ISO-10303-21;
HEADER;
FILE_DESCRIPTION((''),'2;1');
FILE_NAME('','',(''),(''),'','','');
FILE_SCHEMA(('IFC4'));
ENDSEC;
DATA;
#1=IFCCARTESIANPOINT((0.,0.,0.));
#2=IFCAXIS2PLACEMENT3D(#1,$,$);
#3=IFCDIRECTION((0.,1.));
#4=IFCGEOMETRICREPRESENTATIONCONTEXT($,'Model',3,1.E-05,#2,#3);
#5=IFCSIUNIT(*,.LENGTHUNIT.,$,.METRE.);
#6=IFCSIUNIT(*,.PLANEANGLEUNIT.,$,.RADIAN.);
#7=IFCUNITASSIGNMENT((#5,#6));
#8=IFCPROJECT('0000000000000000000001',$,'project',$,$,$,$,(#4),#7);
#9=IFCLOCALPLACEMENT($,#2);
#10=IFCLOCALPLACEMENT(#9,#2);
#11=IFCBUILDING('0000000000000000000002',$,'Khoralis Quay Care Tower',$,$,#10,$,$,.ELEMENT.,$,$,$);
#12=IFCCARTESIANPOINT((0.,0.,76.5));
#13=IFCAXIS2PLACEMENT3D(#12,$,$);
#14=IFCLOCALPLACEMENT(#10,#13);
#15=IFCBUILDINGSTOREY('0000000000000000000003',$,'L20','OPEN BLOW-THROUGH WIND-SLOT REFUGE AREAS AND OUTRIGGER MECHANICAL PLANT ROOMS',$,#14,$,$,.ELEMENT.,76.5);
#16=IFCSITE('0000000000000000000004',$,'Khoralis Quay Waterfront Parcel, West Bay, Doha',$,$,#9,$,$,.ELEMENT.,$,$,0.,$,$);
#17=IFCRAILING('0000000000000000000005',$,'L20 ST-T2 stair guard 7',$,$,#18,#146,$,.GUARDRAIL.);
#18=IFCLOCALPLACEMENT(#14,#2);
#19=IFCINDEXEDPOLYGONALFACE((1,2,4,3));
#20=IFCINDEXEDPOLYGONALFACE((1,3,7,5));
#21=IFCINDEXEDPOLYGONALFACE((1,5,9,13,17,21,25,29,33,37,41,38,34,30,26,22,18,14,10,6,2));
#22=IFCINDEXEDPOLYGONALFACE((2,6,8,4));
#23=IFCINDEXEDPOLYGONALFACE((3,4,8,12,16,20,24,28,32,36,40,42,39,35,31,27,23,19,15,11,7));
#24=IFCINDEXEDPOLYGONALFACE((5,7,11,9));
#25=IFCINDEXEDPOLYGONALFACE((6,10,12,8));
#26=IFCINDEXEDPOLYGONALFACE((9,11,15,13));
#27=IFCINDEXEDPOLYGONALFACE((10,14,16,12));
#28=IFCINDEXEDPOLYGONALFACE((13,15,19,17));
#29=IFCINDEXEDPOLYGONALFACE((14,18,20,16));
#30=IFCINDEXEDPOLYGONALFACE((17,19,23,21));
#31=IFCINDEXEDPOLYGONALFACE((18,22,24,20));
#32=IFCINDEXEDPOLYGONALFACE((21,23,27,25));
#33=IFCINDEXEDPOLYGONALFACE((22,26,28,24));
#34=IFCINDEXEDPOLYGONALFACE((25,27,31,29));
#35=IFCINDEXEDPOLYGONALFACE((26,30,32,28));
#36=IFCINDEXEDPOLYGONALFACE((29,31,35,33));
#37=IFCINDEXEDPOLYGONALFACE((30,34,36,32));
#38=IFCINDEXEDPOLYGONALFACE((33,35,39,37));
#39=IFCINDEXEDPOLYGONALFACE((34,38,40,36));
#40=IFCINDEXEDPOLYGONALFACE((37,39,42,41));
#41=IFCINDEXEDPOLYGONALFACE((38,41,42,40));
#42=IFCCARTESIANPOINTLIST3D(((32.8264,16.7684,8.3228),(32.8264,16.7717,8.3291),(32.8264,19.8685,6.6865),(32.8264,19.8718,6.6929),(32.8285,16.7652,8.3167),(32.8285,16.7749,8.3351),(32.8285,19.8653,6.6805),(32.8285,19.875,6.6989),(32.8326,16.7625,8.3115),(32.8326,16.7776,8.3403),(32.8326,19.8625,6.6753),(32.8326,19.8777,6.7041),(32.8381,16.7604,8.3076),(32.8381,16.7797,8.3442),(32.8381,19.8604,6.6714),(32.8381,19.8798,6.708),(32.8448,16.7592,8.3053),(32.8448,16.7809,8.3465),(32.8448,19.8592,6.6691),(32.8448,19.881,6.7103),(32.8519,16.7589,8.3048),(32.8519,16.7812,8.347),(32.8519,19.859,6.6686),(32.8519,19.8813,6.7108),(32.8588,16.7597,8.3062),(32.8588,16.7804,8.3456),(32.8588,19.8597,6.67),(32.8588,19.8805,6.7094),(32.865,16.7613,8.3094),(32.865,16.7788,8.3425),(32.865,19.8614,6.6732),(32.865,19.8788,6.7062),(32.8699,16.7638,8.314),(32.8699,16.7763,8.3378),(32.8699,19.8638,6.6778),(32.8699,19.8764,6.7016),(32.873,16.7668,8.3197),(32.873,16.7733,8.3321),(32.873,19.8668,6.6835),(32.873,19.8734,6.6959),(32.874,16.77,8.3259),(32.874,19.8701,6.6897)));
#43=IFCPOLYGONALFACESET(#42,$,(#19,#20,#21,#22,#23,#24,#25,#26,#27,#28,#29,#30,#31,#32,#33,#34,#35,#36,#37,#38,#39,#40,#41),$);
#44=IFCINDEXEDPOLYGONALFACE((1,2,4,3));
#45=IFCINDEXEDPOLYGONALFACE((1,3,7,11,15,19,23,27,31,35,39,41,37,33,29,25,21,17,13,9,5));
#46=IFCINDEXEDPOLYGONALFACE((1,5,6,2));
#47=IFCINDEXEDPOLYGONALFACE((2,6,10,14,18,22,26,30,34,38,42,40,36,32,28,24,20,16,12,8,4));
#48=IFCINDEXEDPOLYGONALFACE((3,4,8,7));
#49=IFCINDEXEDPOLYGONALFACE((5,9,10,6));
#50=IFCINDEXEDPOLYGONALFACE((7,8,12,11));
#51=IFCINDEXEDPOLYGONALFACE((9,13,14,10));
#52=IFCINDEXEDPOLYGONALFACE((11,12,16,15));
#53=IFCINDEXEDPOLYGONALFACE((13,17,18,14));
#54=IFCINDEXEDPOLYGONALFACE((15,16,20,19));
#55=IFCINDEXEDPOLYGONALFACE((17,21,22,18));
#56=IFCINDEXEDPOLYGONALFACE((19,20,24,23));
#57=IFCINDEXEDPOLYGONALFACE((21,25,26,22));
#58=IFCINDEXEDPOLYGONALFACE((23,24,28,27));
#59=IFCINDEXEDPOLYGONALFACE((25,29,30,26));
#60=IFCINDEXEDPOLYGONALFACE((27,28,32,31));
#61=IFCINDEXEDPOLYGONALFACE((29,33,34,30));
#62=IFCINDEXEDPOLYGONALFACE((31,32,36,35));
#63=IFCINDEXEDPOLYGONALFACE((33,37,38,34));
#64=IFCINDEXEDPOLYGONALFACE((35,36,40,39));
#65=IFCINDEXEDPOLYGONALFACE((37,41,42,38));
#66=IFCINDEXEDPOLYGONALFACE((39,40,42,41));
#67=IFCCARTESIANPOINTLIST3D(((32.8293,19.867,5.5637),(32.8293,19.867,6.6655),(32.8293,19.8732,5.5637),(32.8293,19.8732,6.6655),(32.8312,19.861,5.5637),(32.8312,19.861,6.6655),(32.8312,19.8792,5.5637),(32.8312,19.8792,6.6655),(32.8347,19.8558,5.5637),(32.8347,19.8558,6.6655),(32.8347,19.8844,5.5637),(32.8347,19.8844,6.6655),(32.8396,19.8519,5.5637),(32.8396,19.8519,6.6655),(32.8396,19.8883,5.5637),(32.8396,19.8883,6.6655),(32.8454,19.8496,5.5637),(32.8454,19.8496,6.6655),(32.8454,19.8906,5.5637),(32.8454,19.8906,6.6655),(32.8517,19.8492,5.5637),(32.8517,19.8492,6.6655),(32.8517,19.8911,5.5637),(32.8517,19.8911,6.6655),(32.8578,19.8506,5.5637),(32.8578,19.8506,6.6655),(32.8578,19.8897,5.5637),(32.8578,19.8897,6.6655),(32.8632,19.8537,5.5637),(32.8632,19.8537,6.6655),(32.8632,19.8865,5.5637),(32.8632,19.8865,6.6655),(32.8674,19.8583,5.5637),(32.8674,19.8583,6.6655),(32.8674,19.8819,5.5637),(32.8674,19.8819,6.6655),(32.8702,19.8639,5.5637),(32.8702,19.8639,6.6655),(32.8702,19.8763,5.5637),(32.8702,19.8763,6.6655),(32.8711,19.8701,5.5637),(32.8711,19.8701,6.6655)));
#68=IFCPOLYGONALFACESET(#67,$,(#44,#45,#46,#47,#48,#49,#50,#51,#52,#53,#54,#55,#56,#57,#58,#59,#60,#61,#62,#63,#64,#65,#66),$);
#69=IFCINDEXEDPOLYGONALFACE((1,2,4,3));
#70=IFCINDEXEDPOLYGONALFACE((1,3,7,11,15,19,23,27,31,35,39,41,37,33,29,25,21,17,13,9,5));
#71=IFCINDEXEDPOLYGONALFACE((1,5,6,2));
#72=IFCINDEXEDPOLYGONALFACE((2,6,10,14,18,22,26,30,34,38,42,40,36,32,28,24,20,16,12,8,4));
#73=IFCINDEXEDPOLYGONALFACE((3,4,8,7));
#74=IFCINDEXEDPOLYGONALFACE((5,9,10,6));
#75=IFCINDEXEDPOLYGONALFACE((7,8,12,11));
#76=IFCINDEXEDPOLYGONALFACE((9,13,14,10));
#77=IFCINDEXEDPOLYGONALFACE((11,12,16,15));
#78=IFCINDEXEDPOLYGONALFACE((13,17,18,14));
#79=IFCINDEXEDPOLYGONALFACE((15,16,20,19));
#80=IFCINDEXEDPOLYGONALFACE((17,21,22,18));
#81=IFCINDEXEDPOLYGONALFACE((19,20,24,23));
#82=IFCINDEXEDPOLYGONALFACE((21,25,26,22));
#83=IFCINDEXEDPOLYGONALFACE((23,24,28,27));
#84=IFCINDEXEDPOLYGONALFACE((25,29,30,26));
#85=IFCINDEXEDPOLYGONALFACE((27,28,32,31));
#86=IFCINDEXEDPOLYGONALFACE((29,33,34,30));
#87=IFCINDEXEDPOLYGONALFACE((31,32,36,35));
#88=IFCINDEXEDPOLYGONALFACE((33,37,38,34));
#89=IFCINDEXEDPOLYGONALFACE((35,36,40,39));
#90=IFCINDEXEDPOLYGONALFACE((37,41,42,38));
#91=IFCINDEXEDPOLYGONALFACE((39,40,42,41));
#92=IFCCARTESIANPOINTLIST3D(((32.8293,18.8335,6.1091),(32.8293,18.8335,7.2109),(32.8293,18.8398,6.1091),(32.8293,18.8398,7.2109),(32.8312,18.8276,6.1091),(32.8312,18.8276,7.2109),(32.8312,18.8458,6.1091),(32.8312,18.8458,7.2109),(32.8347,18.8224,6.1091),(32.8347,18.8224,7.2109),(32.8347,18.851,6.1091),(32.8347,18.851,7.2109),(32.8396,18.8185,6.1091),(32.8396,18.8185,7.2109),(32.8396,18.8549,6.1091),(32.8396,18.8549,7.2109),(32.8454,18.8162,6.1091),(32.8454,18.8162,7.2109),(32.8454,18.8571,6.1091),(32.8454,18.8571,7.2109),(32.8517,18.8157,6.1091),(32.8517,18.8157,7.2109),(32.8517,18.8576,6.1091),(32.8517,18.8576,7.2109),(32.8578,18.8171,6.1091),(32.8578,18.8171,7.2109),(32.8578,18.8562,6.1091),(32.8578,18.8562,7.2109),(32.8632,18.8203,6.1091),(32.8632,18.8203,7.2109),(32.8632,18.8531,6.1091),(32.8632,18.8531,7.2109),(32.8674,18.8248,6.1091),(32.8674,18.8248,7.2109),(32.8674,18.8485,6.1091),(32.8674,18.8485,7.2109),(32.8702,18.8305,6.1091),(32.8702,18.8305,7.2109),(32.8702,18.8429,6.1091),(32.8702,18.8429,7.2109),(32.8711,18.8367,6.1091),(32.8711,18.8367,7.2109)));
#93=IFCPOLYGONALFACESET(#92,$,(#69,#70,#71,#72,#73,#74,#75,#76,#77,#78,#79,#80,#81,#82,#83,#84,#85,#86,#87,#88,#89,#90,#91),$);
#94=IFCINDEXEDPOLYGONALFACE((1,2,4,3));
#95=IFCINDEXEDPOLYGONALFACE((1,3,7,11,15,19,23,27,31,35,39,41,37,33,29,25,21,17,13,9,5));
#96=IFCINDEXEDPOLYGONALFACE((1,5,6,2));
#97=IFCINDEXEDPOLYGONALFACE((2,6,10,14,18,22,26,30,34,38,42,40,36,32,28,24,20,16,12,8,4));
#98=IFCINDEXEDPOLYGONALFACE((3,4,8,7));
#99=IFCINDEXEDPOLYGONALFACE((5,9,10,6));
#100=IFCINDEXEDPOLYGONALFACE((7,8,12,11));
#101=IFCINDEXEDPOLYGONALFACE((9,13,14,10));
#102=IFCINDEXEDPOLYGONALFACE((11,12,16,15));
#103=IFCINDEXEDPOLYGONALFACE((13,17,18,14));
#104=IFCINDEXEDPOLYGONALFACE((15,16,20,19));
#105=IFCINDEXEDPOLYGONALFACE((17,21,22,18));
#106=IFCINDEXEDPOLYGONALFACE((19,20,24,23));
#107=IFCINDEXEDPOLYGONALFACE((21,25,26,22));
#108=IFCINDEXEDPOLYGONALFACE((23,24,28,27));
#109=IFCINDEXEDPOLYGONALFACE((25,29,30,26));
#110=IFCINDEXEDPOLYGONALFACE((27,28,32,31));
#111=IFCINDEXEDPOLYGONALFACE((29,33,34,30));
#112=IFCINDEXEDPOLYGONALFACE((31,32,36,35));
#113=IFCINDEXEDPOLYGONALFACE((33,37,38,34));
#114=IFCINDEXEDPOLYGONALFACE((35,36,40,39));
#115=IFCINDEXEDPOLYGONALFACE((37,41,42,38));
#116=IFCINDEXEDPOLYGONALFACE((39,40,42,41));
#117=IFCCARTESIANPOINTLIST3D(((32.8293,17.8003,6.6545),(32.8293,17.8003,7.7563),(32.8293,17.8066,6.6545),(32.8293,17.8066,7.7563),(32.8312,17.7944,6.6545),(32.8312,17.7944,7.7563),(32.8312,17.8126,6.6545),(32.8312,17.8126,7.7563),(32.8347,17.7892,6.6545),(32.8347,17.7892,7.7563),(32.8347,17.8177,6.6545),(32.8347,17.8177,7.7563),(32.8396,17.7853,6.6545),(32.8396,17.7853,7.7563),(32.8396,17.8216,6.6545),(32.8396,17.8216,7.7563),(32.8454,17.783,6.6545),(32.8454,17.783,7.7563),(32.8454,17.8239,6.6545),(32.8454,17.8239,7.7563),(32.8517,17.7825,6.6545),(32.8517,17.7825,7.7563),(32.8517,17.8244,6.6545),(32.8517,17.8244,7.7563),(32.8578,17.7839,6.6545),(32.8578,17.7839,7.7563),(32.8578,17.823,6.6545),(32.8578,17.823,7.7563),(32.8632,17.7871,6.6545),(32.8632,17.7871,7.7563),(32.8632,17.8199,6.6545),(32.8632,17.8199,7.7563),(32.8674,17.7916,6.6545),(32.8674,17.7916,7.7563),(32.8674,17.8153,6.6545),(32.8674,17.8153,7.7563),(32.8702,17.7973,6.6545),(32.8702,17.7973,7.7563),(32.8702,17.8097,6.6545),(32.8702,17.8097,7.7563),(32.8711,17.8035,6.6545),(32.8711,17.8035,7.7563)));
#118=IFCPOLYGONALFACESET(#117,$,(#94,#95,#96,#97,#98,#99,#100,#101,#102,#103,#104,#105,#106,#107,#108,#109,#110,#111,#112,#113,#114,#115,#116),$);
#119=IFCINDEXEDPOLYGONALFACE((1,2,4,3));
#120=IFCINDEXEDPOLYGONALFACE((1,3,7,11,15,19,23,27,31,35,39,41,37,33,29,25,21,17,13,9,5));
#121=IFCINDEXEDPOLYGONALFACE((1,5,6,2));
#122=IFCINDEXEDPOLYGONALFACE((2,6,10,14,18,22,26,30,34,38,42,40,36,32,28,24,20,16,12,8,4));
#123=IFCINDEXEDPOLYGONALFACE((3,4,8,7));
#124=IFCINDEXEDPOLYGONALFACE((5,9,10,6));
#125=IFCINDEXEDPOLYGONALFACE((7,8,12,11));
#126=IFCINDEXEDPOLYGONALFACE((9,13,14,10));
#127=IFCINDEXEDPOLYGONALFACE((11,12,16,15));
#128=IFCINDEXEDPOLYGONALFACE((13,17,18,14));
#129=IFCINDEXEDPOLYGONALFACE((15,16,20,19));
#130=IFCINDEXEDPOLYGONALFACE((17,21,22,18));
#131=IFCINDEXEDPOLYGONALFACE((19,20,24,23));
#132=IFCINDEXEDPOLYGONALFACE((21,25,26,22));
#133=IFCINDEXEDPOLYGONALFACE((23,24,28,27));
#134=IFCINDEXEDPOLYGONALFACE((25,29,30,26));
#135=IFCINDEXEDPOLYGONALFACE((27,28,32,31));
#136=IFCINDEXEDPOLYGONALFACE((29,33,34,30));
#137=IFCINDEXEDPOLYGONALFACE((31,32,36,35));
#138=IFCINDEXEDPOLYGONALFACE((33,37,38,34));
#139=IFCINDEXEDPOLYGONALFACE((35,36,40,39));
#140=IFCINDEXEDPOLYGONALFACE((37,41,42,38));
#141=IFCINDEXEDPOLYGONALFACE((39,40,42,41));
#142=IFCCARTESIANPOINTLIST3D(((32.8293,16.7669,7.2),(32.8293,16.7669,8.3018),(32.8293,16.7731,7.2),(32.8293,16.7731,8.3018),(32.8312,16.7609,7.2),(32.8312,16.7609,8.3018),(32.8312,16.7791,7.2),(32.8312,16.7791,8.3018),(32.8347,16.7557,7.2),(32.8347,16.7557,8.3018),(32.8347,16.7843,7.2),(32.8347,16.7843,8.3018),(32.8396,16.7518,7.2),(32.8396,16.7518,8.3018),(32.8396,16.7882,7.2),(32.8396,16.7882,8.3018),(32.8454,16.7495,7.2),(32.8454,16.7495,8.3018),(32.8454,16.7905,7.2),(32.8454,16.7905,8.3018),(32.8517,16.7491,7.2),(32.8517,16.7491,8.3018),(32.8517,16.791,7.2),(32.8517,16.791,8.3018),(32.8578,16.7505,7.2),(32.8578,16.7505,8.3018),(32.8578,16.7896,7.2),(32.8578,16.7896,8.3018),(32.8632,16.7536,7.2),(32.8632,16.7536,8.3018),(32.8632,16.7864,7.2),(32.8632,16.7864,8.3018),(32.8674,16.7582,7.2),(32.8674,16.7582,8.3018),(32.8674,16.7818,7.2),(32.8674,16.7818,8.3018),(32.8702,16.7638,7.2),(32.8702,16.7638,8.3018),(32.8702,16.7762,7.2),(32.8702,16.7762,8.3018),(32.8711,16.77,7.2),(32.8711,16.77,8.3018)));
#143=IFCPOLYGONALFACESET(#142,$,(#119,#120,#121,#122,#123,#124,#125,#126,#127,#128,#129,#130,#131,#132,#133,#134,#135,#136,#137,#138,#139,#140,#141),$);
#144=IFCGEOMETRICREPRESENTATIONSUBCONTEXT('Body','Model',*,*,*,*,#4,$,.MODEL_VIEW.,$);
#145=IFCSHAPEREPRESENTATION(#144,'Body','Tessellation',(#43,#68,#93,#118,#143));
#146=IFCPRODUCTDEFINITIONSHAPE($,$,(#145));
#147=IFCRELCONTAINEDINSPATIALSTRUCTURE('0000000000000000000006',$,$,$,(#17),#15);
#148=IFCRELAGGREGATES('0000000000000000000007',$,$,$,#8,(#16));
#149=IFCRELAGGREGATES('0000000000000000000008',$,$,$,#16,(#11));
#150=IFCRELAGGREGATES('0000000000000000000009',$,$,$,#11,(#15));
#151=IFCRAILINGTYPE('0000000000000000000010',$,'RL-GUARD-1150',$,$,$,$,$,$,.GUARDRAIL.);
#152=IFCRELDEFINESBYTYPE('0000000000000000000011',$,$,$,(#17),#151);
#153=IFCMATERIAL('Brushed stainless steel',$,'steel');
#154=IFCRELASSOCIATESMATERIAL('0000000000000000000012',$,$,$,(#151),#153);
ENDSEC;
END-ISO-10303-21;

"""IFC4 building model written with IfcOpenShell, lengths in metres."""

from ifc_helpers import new_model, si_unit, direction, frame, origin, origin_2d, place, context, subcontext, project, spatial, circle, extrude, material, type_object, element, save


model = new_model("IFC4")

# Units and contexts
model_context = context("Model", 3, precision=1e-05, world=origin(), true_north=direction((0.0, 1.0)))
body_context = subcontext(model_context, "Body", "Model", "MODEL_VIEW")
ifc_project = project(units=[si_unit("LENGTHUNIT", "METRE"), si_unit("PLANEANGLEUNIT", "RADIAN")], contexts=[model_context])

# Site, building, storey
site_placement = place(None, origin())
site = spatial("IfcSite", under=ifc_project, at=site_placement, Name="Khoralis Quay Waterfront Parcel, West Bay, Doha", CompositionType="ELEMENT", RefElevation=0.0)
building_placement = place(site_placement, origin())
building = spatial("IfcBuilding", under=site, at=building_placement, Name="Khoralis Quay Care Tower", CompositionType="ELEMENT")
storey_placement = place(building_placement, frame((0.0, 0.0, 76.5)))
storey = spatial("IfcBuildingStorey", under=building, at=storey_placement, Name="L20", Description="OPEN BLOW-THROUGH WIND-SLOT REFUGE AREAS AND OUTRIGGER MECHANICAL PLANT ROOMS", CompositionType="ELEMENT", Elevation=76.5)

# Shared definitions
ifc_material_1 = material(Name="Brushed stainless steel", Category="steel")

# Railing
railing_type_1 = type_object("IfcRailingType", Name="RL-GUARD-1150", PredefinedType="GUARDRAIL", material=ifc_material_1)
railing_1_placement = place(storey_placement, frame((32.8501, 19.8701, 5.5637)))
element("IfcRailing", 1, at=railing_1_placement, inside=storey, type_object=railing_type_1, Name="L20 ST-T2 stair guard 7", PredefinedType="GUARDRAIL", context=body_context, shape_type="SweptSolid", body=[
    extrude(circle(Radius=0.0239, at=origin_2d()), frame((0.0, 0.0, 1.126), z_axis=(0.0, -0.884377, 0.466774), x_axis=(1.0, 0.0, 0.0)), (0.0, 0.0, 1.0), 3.5054),
    extrude(circle(Radius=0.021, at=origin_2d()), origin(), (0.0, 0.0, 1.0), 1.1018),
    extrude(circle(Radius=0.021, at=origin_2d()), frame((0.0, -1.0334, 0.5454)), (0.0, 0.0, 1.0), 1.1018),
    extrude(circle(Radius=0.021, at=origin_2d()), frame((0.0, -2.0667, 1.0908)), (0.0, 0.0, 1.0), 1.1018),
    extrude(circle(Radius=0.021, at=origin_2d()), frame((0.0, -3.1001, 1.6362)), (0.0, 0.0, 1.0), 1.1018),
])

save(model, "model.ifc")
